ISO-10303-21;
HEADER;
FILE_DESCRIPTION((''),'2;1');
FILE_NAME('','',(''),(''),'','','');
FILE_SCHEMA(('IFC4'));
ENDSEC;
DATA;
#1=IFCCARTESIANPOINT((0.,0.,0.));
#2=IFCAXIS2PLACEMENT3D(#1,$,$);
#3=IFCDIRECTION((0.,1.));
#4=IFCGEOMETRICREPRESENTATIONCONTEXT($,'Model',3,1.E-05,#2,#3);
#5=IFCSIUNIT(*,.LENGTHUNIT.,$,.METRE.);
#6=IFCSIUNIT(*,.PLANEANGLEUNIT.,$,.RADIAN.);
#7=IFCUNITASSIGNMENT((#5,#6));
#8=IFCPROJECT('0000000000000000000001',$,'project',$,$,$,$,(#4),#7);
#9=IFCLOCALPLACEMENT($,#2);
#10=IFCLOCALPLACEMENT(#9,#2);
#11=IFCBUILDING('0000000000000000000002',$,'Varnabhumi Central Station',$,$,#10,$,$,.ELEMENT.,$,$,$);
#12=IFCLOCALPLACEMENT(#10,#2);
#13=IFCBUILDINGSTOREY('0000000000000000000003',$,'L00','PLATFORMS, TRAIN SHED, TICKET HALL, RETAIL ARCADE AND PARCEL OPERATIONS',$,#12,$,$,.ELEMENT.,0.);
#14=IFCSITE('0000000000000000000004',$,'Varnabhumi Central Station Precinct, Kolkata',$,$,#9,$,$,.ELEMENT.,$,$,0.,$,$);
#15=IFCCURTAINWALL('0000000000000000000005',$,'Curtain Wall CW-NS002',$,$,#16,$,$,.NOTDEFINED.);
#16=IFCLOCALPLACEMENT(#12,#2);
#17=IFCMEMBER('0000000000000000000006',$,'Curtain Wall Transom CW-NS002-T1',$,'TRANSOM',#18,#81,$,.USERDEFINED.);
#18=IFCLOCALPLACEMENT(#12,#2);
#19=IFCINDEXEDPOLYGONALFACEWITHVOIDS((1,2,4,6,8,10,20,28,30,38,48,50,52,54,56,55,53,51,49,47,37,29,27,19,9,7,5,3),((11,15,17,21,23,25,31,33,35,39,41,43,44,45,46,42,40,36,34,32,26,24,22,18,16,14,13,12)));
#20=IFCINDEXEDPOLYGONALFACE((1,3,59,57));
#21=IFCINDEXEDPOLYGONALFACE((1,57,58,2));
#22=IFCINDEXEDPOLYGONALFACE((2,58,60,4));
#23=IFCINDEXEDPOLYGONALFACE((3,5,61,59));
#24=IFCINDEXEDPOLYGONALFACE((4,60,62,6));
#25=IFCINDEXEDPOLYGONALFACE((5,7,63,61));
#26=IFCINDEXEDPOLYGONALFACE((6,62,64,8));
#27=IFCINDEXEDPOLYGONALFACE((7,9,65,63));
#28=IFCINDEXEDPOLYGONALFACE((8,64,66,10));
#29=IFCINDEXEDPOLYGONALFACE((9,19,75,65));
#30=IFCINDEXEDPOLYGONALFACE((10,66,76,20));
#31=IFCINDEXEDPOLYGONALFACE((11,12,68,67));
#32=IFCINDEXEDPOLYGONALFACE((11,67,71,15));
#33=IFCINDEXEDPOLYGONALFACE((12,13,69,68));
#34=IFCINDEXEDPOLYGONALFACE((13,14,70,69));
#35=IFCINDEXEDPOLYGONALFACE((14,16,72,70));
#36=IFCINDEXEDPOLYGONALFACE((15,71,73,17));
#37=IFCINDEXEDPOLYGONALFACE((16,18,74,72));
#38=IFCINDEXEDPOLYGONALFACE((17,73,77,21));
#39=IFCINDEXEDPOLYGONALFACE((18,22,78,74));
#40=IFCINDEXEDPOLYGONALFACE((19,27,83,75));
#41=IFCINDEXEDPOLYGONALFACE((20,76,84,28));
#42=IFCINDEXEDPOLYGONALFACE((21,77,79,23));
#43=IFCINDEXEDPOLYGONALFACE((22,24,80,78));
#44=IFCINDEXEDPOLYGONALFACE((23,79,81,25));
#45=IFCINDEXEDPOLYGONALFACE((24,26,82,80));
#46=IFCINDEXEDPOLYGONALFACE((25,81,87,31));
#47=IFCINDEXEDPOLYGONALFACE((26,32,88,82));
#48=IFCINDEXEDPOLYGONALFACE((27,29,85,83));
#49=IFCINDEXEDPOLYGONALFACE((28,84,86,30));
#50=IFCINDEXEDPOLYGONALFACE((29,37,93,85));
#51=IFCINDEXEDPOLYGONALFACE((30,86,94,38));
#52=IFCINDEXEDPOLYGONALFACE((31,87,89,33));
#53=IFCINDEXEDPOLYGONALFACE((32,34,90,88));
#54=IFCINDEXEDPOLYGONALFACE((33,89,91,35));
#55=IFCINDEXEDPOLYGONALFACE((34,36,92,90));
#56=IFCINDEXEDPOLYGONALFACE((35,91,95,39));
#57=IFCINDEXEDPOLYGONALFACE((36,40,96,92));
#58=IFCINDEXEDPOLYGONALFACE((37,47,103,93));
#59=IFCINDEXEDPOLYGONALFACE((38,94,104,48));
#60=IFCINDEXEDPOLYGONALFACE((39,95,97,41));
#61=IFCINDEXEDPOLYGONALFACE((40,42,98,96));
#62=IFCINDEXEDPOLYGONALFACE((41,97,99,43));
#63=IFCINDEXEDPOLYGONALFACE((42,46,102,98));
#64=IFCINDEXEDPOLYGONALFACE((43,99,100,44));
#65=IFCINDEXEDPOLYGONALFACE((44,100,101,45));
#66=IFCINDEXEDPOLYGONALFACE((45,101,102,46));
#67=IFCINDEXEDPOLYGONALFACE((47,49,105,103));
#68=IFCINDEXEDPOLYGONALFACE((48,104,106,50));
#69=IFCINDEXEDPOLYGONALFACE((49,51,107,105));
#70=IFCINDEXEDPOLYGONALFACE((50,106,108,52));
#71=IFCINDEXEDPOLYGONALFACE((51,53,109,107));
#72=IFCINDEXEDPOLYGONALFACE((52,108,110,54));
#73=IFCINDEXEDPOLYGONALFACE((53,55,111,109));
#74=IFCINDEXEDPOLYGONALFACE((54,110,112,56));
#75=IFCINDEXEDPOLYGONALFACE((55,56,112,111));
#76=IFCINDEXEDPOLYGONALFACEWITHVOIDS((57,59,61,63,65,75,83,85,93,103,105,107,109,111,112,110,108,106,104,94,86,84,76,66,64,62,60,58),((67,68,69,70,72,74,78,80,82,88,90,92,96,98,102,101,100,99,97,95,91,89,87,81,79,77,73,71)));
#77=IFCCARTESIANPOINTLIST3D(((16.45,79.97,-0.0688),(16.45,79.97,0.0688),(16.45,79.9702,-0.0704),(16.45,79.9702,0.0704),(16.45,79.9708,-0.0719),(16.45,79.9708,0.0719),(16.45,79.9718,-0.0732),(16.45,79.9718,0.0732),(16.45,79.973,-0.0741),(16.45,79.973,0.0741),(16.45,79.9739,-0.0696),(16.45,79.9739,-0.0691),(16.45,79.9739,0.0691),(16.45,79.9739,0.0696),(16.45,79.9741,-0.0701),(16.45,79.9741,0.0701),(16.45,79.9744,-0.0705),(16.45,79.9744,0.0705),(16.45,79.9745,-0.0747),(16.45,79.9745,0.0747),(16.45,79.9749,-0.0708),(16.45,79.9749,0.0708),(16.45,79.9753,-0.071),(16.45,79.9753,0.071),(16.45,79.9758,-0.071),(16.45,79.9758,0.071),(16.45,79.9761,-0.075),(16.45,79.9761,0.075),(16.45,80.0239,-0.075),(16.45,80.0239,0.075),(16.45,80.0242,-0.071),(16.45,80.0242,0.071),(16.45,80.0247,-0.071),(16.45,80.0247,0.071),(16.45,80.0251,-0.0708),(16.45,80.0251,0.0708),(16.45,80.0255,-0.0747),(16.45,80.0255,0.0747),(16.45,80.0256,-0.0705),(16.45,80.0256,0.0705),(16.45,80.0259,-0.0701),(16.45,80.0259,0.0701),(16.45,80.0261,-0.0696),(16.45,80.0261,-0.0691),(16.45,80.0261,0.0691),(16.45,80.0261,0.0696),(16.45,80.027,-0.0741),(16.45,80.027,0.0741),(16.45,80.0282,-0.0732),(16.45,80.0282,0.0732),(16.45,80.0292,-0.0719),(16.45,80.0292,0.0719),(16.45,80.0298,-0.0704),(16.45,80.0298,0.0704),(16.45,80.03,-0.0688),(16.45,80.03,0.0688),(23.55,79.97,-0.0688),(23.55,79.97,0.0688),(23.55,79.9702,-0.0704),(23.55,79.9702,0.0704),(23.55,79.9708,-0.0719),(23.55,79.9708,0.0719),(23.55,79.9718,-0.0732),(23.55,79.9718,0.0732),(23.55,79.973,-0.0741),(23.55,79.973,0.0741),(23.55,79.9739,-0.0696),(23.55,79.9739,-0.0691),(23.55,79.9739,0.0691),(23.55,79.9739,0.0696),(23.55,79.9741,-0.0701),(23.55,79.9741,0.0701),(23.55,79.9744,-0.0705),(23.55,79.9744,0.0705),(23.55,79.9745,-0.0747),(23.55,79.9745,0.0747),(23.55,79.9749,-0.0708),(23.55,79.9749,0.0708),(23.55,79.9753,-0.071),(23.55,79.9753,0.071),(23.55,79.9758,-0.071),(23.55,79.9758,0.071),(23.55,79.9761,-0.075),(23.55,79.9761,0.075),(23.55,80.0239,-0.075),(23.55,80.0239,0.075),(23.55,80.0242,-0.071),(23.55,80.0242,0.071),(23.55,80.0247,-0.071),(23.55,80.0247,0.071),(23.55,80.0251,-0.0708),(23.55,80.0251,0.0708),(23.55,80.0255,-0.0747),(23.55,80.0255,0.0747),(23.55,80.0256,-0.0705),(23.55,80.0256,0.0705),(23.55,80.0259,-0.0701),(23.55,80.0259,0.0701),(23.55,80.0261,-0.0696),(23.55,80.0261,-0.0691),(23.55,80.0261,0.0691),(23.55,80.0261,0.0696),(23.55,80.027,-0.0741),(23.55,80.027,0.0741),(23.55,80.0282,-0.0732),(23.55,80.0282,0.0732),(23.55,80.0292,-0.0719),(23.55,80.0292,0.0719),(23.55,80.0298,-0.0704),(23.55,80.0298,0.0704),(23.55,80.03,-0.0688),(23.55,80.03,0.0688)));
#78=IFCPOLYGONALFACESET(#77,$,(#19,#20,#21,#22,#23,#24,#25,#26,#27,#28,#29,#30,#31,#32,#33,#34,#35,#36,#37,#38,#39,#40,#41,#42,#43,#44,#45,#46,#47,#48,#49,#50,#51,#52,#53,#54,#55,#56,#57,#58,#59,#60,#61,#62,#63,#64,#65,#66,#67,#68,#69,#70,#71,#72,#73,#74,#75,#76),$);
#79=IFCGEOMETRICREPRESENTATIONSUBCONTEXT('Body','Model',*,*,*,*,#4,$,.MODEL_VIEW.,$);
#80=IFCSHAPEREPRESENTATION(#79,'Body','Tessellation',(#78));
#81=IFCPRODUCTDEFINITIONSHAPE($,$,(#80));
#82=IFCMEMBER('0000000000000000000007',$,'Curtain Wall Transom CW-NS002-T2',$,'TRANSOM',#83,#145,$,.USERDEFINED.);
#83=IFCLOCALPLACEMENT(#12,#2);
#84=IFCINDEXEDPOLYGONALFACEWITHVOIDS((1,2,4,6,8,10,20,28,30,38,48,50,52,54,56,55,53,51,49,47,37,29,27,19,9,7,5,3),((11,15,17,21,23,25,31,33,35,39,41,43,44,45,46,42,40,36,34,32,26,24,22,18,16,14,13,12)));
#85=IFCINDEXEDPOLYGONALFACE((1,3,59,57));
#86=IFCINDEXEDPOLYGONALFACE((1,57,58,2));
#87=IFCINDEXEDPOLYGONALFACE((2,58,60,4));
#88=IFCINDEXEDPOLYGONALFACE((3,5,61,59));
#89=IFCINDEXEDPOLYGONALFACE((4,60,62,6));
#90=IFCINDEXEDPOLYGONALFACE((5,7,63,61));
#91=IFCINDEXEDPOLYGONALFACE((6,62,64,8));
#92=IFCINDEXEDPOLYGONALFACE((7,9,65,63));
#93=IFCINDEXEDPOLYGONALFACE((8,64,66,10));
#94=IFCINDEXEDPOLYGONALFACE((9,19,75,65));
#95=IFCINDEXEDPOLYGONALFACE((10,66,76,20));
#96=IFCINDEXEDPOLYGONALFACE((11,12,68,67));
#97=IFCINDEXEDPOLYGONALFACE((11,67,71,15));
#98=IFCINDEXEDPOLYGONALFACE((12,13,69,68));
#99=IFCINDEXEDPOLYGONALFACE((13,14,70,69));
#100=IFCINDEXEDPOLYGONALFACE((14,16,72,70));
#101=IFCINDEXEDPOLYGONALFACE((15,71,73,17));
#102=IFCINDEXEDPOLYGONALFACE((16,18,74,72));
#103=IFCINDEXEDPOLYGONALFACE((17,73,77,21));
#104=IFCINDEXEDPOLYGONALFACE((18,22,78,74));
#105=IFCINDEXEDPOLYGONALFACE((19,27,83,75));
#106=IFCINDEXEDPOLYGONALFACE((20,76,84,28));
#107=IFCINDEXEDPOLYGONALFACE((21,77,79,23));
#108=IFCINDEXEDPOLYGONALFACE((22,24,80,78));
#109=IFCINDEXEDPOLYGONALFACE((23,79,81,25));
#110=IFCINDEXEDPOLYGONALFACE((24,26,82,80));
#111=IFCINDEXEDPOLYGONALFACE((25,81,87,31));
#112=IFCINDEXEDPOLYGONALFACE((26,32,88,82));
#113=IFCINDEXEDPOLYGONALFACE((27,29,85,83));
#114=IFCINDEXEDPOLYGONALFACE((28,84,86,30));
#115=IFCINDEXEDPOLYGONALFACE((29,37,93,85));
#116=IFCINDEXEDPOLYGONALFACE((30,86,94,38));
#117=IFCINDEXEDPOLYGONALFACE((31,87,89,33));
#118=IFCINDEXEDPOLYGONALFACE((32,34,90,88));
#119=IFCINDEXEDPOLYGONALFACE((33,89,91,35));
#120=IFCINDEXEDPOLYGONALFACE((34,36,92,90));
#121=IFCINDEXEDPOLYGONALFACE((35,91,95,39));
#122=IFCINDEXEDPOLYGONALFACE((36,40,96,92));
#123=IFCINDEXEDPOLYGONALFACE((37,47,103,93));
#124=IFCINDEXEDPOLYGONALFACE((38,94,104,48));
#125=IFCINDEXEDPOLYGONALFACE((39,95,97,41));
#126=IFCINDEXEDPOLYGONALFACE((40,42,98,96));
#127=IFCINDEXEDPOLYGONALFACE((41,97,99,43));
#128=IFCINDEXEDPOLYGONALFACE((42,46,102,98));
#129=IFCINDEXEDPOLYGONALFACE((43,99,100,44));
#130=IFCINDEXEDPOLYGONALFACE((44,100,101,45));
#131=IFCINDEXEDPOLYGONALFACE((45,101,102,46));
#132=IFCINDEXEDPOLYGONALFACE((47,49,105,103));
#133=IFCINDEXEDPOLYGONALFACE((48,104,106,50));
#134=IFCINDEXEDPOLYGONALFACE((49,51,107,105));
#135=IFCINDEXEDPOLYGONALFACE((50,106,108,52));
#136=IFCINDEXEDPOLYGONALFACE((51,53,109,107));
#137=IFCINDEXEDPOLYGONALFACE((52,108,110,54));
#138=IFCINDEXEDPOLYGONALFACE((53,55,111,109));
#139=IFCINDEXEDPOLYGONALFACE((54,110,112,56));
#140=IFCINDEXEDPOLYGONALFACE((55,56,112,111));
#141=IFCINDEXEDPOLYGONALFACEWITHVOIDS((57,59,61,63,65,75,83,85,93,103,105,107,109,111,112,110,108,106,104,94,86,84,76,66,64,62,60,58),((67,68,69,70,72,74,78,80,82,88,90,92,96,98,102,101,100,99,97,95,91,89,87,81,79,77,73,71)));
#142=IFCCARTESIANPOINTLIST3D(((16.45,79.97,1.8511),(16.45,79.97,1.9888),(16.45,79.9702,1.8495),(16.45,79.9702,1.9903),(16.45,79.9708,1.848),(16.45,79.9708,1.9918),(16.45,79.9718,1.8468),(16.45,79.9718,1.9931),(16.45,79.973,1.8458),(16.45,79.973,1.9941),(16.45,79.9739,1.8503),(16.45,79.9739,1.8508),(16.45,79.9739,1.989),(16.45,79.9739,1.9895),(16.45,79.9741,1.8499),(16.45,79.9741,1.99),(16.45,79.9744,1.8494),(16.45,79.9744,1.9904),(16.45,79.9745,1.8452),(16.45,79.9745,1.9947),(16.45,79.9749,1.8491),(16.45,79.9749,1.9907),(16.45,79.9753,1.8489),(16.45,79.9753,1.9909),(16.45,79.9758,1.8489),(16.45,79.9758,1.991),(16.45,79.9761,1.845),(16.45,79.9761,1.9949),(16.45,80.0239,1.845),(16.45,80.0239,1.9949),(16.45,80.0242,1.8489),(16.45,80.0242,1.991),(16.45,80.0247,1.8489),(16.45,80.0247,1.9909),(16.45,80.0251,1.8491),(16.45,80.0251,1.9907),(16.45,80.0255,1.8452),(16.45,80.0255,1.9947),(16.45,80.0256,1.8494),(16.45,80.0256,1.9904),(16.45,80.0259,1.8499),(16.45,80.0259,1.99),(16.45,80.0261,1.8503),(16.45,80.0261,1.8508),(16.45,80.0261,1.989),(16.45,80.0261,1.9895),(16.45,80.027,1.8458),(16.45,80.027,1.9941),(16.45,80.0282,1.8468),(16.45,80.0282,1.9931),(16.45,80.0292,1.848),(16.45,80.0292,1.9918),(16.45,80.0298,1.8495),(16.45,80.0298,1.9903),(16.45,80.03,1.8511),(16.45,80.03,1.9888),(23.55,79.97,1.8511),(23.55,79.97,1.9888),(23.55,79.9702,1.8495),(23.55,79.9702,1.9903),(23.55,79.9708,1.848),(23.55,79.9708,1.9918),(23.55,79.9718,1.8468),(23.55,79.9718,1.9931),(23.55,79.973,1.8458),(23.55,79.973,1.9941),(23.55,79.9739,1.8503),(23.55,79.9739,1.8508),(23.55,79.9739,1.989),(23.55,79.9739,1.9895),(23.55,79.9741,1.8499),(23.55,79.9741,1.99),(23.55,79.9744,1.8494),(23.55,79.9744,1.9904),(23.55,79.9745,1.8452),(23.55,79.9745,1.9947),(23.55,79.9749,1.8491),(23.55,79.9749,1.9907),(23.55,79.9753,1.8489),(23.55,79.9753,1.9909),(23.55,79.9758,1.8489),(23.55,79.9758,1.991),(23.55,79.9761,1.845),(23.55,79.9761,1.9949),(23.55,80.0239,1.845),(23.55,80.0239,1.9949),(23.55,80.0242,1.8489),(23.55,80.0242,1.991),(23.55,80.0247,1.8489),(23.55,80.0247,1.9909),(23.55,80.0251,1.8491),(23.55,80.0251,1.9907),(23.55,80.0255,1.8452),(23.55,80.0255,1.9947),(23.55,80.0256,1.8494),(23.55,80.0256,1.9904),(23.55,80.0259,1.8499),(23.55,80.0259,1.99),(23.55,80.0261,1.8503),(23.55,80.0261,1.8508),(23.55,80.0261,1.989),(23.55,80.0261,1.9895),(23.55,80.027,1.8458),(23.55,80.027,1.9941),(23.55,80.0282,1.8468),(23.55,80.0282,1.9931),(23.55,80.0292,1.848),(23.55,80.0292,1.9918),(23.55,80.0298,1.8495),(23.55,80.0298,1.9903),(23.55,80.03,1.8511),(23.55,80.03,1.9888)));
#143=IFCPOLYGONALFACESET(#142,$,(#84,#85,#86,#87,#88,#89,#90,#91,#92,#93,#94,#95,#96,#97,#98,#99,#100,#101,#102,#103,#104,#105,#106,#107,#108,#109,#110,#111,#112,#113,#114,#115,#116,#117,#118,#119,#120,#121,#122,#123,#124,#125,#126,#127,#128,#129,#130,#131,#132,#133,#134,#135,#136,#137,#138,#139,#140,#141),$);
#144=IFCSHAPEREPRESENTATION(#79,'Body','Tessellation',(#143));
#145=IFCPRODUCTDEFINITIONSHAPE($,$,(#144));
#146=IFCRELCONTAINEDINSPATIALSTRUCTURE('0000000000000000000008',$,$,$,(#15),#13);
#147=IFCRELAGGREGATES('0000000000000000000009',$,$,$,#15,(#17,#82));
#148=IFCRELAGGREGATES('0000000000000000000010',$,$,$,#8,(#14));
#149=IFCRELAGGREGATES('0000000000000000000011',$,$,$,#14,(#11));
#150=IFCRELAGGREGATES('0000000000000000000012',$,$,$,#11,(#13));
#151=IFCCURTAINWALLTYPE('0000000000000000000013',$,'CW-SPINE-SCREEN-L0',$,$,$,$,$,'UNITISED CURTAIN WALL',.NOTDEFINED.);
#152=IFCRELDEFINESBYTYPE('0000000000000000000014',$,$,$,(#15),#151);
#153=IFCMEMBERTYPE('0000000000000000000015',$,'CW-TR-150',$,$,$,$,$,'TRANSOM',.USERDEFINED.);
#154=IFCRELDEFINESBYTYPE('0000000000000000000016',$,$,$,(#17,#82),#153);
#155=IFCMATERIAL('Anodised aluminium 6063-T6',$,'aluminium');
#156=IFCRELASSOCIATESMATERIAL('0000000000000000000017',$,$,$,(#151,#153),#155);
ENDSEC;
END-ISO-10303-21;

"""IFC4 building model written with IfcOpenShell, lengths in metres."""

from ifc_helpers import new_model, si_unit, direction, frame, origin, origin_2d, place, context, subcontext, project, spatial, hollow_rectangle, extrude, material, material_profile, profile_set, type_object, element, aggregate, save


model = new_model("IFC4")

# Units and contexts
model_context = context("Model", 3, precision=1e-05, world=origin(), true_north=direction((0.0, 1.0)))
body_context = subcontext(model_context, "Body", "Model", "MODEL_VIEW")
ifc_project = project(units=[si_unit("LENGTHUNIT", "METRE"), si_unit("PLANEANGLEUNIT", "RADIAN")], contexts=[model_context])

# Site, building, storey
site_placement = place(None, origin())
site = spatial("IfcSite", under=ifc_project, at=site_placement, Name="Varnabhumi Central Station Precinct, Kolkata", CompositionType="ELEMENT", RefElevation=0.0)
building_placement = place(site_placement, origin())
building = spatial("IfcBuilding", under=site, at=building_placement, Name="Varnabhumi Central Station", CompositionType="ELEMENT")
storey_placement = place(building_placement, origin())
storey = spatial("IfcBuildingStorey", under=building, at=storey_placement, Name="L00", Description="PLATFORMS, TRAIN SHED, TICKET HALL, RETAIL ARCADE AND PARCEL OPERATIONS", CompositionType="ELEMENT", Elevation=0.0)

# Curtain wall, members
ifc_material_1 = material(Name="Anodised aluminium 6063-T6", Category="aluminium")
curtain_wall_type = type_object("IfcCurtainWallType", Name="CW-SPINE-SCREEN-L0", ElementType="UNITISED CURTAIN WALL", PredefinedType="NOTDEFINED", material=ifc_material_1)
curtain_wall_placement = place(storey_placement, origin())
curtain_wall = element("IfcCurtainWall", 1, at=curtain_wall_placement, inside=storey, type_object=curtain_wall_type, Name="Curtain Wall CW-NS002", PredefinedType="NOTDEFINED")
ifc_material_profile_1 = material_profile(ifc_material_1, hollow_rectangle(XDim=0.0601, YDim=0.1499, WallThickness=0.0039, InnerFilletRadius=0.002, OuterFilletRadius=0.0061, at=origin_2d()), Name="Anodised aluminium 6063-T6", Category="aluminium")
ifc_profile_set_1 = profile_set([ifc_material_profile_1], Name="Anodised aluminium 6063-T6")
member_type_1 = type_object("IfcMemberType", Name="CW-TR-150", ElementType="TRANSOM", PredefinedType="USERDEFINED", material=ifc_profile_set_1)
member_1_placement = place(storey_placement, frame((16.45, 80.0, 0.0), z_axis=(1.0, 0.0, 0.0), x_axis=(0.0, 1.0, 0.0)))
member_1 = element("IfcMember", 2, at=member_1_placement, type_object=member_type_1, Name="Curtain Wall Transom CW-NS002-T1", ObjectType="TRANSOM", PredefinedType="USERDEFINED", context=body_context, shape_type="SweptSolid", body=[
    extrude(hollow_rectangle(XDim=0.0601, YDim=0.1499, WallThickness=0.0039, InnerFilletRadius=0.002, OuterFilletRadius=0.0061, at=origin_2d()), origin(), (0.0, 0.0, 1.0), 7.1001),
])
member_2_placement = place(storey_placement, frame((16.45, 80.0, 1.9199), z_axis=(1.0, 0.0, 0.0), x_axis=(0.0, 1.0, 0.0)))
member_2 = element("IfcMember", 3, at=member_2_placement, type_object=member_type_1, Name="Curtain Wall Transom CW-NS002-T2", ObjectType="TRANSOM", PredefinedType="USERDEFINED", context=body_context, shape_type="SweptSolid", body=[
    extrude(hollow_rectangle(XDim=0.0601, YDim=0.1499, WallThickness=0.0039, InnerFilletRadius=0.002, OuterFilletRadius=0.0061, at=origin_2d()), origin(), (0.0, 0.0, 1.0), 7.1001),
])
aggregate(curtain_wall, [member_1, member_2])

save(model, "model.ifc")
